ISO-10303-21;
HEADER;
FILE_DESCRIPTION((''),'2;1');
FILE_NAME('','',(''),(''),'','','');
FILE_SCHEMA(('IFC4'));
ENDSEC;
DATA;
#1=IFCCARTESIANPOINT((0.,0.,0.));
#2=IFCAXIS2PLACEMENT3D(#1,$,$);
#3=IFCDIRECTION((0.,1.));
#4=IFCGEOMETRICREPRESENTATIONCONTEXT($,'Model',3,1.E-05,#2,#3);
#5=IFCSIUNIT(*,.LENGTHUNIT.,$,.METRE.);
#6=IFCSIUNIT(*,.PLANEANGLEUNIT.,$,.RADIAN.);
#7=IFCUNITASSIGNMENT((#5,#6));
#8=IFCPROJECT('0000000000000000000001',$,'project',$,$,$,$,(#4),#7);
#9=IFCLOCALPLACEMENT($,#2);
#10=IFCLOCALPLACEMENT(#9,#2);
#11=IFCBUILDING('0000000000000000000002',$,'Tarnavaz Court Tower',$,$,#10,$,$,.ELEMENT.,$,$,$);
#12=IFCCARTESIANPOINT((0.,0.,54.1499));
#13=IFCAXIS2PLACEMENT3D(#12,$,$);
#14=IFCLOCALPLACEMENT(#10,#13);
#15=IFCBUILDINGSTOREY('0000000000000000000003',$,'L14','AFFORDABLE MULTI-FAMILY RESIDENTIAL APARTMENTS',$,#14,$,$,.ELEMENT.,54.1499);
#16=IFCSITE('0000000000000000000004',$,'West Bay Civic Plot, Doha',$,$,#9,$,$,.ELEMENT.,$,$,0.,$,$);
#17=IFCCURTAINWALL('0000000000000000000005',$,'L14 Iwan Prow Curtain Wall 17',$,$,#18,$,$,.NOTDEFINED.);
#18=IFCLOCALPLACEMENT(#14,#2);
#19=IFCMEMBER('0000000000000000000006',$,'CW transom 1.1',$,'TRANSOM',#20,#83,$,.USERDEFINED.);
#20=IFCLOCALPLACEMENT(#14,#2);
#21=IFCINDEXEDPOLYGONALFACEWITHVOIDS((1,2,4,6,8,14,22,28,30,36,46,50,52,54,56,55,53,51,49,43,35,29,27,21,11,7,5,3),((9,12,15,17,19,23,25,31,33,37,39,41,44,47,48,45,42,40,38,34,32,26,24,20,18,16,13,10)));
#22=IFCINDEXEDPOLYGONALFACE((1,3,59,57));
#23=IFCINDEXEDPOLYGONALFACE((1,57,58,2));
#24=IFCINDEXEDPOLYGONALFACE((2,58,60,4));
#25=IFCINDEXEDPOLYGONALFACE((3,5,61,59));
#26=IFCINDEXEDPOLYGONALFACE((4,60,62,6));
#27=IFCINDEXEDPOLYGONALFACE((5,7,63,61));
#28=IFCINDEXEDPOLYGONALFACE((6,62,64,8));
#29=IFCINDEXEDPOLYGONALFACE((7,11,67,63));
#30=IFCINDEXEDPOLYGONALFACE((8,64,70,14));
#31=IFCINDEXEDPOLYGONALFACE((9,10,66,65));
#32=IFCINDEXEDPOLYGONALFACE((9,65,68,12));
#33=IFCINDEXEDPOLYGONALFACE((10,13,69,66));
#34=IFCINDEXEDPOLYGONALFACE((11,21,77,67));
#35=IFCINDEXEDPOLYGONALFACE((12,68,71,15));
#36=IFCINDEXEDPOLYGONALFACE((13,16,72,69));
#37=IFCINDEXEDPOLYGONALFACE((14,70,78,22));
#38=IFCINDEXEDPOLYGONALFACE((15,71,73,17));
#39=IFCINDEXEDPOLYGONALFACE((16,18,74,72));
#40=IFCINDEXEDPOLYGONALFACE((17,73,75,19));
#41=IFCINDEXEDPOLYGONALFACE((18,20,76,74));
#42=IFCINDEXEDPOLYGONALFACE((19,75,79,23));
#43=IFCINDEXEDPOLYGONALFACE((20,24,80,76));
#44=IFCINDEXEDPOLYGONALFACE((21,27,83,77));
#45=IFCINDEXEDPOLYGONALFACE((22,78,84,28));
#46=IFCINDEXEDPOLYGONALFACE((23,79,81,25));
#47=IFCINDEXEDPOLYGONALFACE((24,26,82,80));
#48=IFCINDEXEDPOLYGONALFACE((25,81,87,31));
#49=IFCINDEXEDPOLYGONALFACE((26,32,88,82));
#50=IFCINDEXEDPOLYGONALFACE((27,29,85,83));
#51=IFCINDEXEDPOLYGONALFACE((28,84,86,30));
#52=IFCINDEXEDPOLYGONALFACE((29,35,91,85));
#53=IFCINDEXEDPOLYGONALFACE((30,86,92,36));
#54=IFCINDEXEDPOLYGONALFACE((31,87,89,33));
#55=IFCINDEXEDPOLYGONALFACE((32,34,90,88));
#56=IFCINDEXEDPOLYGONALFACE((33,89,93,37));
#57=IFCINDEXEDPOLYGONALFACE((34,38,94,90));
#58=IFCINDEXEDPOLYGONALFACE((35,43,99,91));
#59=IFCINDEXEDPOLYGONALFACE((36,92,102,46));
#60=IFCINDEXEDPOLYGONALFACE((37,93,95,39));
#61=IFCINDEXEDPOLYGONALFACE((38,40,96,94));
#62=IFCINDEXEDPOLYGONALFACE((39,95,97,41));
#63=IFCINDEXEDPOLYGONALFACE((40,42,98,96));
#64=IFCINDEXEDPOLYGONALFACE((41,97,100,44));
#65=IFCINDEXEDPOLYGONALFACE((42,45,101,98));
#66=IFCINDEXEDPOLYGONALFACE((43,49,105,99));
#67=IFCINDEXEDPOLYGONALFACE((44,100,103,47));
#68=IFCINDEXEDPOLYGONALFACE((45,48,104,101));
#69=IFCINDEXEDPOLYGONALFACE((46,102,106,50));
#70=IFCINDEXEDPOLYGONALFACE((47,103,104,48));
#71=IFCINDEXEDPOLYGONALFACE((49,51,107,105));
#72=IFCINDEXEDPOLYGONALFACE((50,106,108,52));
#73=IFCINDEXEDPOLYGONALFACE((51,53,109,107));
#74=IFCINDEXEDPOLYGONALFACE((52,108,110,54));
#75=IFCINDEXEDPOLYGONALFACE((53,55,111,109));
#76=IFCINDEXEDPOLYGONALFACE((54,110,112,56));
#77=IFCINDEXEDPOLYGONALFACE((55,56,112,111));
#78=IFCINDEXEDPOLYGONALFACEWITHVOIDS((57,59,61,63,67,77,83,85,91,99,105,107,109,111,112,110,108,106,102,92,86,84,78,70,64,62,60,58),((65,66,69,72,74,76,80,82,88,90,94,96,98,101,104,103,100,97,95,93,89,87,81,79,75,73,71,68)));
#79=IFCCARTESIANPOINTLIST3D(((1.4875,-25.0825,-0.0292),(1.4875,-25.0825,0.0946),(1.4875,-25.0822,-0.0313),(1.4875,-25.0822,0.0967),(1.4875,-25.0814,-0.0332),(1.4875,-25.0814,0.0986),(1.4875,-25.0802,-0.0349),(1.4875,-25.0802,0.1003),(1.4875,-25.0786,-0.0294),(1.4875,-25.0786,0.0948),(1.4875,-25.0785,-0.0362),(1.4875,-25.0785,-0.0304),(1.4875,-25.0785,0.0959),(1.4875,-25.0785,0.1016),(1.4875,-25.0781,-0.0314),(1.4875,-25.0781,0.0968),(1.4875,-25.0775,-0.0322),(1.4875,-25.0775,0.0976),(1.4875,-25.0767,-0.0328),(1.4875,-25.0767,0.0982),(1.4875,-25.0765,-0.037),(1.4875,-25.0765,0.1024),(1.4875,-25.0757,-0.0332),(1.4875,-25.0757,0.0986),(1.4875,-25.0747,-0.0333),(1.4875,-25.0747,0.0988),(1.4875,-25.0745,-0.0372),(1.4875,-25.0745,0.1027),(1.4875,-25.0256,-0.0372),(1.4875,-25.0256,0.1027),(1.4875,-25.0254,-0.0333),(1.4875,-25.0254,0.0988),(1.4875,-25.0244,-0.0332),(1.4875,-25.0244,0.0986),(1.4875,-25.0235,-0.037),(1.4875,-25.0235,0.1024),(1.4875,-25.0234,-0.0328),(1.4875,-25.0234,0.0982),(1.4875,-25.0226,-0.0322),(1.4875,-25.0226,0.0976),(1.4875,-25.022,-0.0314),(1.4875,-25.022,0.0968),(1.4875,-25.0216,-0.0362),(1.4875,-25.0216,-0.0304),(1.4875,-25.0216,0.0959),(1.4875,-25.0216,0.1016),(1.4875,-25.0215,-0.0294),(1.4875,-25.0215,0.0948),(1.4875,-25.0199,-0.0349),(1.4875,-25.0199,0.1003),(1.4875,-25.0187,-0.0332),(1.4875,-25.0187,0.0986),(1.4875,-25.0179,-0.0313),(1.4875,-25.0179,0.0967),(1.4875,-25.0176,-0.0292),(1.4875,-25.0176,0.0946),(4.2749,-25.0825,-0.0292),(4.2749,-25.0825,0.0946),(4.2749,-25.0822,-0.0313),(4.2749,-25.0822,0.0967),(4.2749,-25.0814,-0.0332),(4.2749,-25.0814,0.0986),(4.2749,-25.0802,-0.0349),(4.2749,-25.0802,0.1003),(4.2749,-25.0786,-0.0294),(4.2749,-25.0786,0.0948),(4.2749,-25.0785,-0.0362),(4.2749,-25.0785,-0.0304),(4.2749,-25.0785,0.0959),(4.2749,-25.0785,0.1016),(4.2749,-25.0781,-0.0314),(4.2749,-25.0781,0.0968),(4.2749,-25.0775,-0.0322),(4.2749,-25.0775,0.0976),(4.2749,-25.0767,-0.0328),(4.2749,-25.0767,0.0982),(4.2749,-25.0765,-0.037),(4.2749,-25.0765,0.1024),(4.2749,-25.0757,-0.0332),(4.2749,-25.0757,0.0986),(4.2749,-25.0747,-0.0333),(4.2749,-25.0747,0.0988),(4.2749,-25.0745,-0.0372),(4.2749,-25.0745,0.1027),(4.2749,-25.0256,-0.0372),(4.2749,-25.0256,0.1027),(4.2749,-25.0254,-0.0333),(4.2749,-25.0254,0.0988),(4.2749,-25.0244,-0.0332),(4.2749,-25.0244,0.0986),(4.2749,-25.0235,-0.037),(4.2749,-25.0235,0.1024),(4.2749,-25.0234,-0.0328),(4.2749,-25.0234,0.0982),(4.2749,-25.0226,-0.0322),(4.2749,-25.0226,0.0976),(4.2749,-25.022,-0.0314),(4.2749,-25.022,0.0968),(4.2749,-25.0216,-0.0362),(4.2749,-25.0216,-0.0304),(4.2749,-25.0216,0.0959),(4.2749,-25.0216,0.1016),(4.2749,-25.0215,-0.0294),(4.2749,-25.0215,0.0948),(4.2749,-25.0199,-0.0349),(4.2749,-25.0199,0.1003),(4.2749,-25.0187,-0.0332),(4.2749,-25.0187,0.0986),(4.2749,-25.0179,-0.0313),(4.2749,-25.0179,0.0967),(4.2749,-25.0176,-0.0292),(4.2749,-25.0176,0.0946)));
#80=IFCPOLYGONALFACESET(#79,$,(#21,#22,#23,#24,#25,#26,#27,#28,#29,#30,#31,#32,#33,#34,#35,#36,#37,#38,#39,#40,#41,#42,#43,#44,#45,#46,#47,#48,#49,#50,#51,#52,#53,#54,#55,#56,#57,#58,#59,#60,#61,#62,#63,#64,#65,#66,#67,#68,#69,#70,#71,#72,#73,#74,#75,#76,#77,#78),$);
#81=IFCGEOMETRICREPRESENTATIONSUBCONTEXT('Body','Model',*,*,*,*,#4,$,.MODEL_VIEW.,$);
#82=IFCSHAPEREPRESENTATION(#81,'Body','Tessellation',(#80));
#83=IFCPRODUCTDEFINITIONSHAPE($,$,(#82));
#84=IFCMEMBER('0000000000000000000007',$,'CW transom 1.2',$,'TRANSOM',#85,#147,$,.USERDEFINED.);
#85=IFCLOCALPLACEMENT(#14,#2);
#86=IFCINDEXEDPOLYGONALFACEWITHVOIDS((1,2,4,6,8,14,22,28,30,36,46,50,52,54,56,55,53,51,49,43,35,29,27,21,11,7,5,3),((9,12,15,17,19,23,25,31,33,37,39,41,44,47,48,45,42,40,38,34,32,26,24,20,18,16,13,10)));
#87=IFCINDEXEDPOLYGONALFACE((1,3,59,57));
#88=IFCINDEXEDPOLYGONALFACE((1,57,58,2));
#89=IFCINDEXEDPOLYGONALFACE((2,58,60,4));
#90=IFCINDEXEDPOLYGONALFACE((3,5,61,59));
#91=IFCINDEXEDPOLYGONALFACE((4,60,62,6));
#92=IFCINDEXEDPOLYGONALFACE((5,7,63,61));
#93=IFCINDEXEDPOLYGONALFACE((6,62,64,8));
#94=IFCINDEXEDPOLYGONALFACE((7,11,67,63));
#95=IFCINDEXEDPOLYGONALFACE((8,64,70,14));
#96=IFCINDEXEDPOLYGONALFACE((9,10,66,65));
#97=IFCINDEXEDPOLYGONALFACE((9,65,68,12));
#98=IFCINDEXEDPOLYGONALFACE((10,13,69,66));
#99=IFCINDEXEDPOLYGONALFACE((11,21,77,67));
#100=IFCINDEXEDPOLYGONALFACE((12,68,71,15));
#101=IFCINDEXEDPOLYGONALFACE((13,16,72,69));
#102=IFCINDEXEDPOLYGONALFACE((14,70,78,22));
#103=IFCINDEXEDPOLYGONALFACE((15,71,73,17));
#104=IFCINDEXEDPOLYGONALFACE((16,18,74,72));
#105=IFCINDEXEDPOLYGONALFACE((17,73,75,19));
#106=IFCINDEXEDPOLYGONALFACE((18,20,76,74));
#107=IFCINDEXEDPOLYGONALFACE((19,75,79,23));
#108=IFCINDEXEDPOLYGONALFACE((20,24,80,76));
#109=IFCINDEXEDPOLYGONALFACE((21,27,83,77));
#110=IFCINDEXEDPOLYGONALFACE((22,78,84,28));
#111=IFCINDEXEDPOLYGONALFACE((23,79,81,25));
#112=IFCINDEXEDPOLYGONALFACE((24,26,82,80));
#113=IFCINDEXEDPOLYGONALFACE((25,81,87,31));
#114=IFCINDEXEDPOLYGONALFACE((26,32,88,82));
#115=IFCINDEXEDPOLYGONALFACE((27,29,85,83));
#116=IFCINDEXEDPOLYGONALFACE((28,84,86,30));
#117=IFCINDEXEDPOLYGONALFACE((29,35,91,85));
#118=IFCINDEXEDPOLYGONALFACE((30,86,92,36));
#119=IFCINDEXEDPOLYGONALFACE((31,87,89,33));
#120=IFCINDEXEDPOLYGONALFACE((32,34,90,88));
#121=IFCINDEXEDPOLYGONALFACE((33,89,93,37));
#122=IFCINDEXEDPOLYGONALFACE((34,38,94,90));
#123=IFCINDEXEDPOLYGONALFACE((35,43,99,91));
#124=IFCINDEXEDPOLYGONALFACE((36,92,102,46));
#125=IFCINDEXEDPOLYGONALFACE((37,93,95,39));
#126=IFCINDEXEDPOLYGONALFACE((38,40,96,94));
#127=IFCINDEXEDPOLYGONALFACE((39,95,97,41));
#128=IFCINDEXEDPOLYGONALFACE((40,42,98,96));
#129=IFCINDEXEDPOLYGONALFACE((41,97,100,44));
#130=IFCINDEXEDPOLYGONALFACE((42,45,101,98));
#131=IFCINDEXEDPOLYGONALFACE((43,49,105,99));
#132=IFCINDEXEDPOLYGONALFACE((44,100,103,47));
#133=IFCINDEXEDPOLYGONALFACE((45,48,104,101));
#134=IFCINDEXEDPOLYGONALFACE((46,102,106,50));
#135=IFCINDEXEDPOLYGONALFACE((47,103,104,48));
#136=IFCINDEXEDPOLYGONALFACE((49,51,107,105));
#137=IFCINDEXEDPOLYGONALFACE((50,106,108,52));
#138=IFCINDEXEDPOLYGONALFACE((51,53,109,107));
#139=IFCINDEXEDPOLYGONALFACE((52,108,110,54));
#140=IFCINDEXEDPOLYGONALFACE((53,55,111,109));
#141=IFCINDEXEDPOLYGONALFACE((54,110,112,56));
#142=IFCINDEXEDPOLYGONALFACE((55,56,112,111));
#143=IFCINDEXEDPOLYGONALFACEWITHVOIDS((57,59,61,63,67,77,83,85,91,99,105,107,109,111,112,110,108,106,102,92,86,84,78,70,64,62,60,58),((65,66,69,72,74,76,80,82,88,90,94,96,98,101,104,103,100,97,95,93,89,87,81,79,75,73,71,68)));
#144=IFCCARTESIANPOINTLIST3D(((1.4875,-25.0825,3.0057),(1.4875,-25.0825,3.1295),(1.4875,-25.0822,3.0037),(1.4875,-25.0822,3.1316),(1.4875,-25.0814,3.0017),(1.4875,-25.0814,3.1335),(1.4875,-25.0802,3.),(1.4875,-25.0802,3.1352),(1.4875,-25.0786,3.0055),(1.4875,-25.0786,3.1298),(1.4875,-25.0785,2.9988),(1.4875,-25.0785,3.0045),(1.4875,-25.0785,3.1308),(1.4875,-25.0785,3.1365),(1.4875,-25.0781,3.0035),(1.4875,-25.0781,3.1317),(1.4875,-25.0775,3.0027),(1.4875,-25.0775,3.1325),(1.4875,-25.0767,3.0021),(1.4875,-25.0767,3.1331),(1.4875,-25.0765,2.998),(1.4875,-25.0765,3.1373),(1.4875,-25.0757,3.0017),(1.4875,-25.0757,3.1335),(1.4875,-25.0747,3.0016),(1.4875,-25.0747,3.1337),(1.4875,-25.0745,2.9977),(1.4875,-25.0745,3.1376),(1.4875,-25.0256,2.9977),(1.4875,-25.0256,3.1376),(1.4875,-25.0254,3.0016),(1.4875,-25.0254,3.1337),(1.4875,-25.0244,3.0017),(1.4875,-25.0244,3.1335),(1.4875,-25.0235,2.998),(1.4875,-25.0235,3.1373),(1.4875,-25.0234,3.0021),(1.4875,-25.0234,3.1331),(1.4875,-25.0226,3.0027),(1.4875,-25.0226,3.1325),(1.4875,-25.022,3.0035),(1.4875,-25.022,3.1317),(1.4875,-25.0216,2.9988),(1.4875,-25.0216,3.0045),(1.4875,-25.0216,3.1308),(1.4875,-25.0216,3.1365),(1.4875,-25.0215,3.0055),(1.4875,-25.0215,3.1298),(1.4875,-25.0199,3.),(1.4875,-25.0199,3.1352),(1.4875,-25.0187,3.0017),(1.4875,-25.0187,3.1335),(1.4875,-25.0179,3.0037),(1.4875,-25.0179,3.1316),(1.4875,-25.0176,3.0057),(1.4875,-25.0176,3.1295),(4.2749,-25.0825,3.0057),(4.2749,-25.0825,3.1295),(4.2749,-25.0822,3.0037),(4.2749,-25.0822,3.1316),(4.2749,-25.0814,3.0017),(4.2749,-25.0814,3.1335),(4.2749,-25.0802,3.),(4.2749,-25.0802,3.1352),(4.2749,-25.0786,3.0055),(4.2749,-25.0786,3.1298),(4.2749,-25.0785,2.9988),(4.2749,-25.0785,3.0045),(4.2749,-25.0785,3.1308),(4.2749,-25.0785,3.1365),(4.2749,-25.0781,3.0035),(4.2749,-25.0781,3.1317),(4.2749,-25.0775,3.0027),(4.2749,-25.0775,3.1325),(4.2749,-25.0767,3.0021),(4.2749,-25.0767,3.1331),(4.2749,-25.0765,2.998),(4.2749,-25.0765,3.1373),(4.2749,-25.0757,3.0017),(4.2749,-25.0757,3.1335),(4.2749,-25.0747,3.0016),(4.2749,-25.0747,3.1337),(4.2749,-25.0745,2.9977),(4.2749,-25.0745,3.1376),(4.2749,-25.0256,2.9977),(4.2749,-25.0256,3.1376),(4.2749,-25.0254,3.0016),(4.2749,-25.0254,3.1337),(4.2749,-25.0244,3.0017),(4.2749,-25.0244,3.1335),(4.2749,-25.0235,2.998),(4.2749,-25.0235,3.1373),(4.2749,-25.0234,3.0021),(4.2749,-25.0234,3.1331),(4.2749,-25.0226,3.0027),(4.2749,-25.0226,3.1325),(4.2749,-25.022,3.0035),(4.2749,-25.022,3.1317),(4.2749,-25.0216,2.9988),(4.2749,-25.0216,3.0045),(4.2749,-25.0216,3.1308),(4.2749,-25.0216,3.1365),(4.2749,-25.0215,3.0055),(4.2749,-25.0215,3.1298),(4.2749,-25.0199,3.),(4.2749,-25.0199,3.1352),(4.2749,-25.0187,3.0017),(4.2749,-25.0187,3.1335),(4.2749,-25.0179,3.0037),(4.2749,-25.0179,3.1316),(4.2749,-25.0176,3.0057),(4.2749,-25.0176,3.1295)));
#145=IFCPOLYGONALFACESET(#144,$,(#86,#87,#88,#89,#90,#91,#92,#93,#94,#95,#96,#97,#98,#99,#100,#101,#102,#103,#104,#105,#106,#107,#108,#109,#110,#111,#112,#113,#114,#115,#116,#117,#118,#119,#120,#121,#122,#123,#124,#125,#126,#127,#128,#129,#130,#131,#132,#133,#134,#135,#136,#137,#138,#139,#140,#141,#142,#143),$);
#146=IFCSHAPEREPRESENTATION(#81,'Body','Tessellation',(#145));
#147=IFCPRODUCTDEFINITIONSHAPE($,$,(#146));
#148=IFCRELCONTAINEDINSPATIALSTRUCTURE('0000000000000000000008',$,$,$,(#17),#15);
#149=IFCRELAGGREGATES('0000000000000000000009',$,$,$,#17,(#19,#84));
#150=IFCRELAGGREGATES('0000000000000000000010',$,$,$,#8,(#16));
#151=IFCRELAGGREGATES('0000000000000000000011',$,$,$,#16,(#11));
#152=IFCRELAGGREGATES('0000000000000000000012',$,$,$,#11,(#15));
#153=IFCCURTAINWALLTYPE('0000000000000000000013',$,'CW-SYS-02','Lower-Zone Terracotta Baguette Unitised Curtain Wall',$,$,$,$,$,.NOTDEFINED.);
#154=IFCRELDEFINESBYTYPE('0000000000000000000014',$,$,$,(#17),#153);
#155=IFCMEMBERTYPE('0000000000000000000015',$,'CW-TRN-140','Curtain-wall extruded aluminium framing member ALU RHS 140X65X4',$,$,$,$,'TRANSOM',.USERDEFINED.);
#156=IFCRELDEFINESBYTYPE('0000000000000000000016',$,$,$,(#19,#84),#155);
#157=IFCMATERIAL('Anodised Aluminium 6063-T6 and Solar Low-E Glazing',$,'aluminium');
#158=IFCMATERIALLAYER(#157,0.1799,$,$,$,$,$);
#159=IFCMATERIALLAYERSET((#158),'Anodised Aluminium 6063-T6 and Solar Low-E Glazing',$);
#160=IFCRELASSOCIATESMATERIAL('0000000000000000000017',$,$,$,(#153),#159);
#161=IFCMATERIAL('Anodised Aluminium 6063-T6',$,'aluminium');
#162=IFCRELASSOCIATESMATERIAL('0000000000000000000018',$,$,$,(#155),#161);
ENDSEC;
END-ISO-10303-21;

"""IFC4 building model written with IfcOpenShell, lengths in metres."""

from ifc_helpers import new_model, si_unit, direction, frame, origin, origin_2d, place, context, subcontext, project, spatial, hollow_rectangle, extrude, material, layer, layer_set, material_profile, profile_set, type_object, element, aggregate, save


model = new_model("IFC4")

# Units and contexts
model_context = context("Model", 3, precision=1e-05, world=origin(), true_north=direction((0.0, 1.0)))
body_context = subcontext(model_context, "Body", "Model", "MODEL_VIEW")
ifc_project = project(units=[si_unit("LENGTHUNIT", "METRE"), si_unit("PLANEANGLEUNIT", "RADIAN")], contexts=[model_context])

# Site, building, storey
site_placement = place(None, origin())
site = spatial("IfcSite", under=ifc_project, at=site_placement, Name="West Bay Civic Plot, Doha", CompositionType="ELEMENT", RefElevation=0.0)
building_placement = place(site_placement, origin())
building = spatial("IfcBuilding", under=site, at=building_placement, Name="Tarnavaz Court Tower", CompositionType="ELEMENT")
storey_placement = place(building_placement, frame((0.0, 0.0, 54.1499)))
storey = spatial("IfcBuildingStorey", under=building, at=storey_placement, Name="L14", Description="AFFORDABLE MULTI-FAMILY RESIDENTIAL APARTMENTS", CompositionType="ELEMENT", Elevation=54.1499)

# Curtain wall, members
ifc_material_1 = material(Name="Anodised Aluminium 6063-T6 and Solar Low-E Glazing", Category="aluminium")
ifc_layer_1 = layer(ifc_material_1, 0.1799)
ifc_layer_set_1 = layer_set([ifc_layer_1], Name="Anodised Aluminium 6063-T6 and Solar Low-E Glazing")
curtain_wall_type = type_object("IfcCurtainWallType", Name="CW-SYS-02", Description="Lower-Zone Terracotta Baguette Unitised Curtain Wall", PredefinedType="NOTDEFINED", material=ifc_layer_set_1)
curtain_wall_placement = place(storey_placement, origin())
curtain_wall = element("IfcCurtainWall", 1, at=curtain_wall_placement, inside=storey, type_object=curtain_wall_type, Name="L14 Iwan Prow Curtain Wall 17", PredefinedType="NOTDEFINED")
ifc_material_2 = material(Name="Anodised Aluminium 6063-T6", Category="aluminium")
ifc_material_profile_1 = material_profile(ifc_material_2, hollow_rectangle(XDim=0.0649, YDim=0.1399, WallThickness=0.0039, InnerFilletRadius=0.0039, OuterFilletRadius=0.0081, at=origin_2d()), Name="ALU RHS 140X65X4")
ifc_profile_set_1 = profile_set([ifc_material_profile_1], Name="Anodised Aluminium 6063-T6")
member_type_1 = type_object("IfcMemberType", Name="CW-TRN-140", Description="Curtain-wall extruded aluminium framing member ALU RHS 140X65X4", ElementType="TRANSOM", PredefinedType="USERDEFINED", material=ifc_profile_set_1)
member_1_placement = place(storey_placement, frame((4.2749, -25.05, 0.0327), z_axis=(-1.0, 0.0, 0.0), x_axis=(0.0, -1.0, 0.0)))
member_1 = element("IfcMember", 2, at=member_1_placement, type_object=member_type_1, Name="CW transom 1.1", ObjectType="TRANSOM", PredefinedType="USERDEFINED", context=body_context, shape_type="SweptSolid", body=[
    extrude(hollow_rectangle(XDim=0.0649, YDim=0.1399, WallThickness=0.0039, InnerFilletRadius=0.0039, OuterFilletRadius=0.0081, at=origin_2d()), origin(), (0.0, 0.0, 1.0), 2.7874),
])
member_2_placement = place(storey_placement, frame((4.2749, -25.05, 3.0676), z_axis=(-1.0, 0.0, 0.0), x_axis=(0.0, -1.0, 0.0)))
member_2 = element("IfcMember", 3, at=member_2_placement, type_object=member_type_1, Name="CW transom 1.2", ObjectType="TRANSOM", PredefinedType="USERDEFINED", context=body_context, shape_type="SweptSolid", body=[
    extrude(hollow_rectangle(XDim=0.0649, YDim=0.1399, WallThickness=0.0039, InnerFilletRadius=0.0039, OuterFilletRadius=0.0081, at=origin_2d()), origin(), (0.0, 0.0, 1.0), 2.7874),
])
aggregate(curtain_wall, [member_1, member_2])

save(model, "model.ifc")
